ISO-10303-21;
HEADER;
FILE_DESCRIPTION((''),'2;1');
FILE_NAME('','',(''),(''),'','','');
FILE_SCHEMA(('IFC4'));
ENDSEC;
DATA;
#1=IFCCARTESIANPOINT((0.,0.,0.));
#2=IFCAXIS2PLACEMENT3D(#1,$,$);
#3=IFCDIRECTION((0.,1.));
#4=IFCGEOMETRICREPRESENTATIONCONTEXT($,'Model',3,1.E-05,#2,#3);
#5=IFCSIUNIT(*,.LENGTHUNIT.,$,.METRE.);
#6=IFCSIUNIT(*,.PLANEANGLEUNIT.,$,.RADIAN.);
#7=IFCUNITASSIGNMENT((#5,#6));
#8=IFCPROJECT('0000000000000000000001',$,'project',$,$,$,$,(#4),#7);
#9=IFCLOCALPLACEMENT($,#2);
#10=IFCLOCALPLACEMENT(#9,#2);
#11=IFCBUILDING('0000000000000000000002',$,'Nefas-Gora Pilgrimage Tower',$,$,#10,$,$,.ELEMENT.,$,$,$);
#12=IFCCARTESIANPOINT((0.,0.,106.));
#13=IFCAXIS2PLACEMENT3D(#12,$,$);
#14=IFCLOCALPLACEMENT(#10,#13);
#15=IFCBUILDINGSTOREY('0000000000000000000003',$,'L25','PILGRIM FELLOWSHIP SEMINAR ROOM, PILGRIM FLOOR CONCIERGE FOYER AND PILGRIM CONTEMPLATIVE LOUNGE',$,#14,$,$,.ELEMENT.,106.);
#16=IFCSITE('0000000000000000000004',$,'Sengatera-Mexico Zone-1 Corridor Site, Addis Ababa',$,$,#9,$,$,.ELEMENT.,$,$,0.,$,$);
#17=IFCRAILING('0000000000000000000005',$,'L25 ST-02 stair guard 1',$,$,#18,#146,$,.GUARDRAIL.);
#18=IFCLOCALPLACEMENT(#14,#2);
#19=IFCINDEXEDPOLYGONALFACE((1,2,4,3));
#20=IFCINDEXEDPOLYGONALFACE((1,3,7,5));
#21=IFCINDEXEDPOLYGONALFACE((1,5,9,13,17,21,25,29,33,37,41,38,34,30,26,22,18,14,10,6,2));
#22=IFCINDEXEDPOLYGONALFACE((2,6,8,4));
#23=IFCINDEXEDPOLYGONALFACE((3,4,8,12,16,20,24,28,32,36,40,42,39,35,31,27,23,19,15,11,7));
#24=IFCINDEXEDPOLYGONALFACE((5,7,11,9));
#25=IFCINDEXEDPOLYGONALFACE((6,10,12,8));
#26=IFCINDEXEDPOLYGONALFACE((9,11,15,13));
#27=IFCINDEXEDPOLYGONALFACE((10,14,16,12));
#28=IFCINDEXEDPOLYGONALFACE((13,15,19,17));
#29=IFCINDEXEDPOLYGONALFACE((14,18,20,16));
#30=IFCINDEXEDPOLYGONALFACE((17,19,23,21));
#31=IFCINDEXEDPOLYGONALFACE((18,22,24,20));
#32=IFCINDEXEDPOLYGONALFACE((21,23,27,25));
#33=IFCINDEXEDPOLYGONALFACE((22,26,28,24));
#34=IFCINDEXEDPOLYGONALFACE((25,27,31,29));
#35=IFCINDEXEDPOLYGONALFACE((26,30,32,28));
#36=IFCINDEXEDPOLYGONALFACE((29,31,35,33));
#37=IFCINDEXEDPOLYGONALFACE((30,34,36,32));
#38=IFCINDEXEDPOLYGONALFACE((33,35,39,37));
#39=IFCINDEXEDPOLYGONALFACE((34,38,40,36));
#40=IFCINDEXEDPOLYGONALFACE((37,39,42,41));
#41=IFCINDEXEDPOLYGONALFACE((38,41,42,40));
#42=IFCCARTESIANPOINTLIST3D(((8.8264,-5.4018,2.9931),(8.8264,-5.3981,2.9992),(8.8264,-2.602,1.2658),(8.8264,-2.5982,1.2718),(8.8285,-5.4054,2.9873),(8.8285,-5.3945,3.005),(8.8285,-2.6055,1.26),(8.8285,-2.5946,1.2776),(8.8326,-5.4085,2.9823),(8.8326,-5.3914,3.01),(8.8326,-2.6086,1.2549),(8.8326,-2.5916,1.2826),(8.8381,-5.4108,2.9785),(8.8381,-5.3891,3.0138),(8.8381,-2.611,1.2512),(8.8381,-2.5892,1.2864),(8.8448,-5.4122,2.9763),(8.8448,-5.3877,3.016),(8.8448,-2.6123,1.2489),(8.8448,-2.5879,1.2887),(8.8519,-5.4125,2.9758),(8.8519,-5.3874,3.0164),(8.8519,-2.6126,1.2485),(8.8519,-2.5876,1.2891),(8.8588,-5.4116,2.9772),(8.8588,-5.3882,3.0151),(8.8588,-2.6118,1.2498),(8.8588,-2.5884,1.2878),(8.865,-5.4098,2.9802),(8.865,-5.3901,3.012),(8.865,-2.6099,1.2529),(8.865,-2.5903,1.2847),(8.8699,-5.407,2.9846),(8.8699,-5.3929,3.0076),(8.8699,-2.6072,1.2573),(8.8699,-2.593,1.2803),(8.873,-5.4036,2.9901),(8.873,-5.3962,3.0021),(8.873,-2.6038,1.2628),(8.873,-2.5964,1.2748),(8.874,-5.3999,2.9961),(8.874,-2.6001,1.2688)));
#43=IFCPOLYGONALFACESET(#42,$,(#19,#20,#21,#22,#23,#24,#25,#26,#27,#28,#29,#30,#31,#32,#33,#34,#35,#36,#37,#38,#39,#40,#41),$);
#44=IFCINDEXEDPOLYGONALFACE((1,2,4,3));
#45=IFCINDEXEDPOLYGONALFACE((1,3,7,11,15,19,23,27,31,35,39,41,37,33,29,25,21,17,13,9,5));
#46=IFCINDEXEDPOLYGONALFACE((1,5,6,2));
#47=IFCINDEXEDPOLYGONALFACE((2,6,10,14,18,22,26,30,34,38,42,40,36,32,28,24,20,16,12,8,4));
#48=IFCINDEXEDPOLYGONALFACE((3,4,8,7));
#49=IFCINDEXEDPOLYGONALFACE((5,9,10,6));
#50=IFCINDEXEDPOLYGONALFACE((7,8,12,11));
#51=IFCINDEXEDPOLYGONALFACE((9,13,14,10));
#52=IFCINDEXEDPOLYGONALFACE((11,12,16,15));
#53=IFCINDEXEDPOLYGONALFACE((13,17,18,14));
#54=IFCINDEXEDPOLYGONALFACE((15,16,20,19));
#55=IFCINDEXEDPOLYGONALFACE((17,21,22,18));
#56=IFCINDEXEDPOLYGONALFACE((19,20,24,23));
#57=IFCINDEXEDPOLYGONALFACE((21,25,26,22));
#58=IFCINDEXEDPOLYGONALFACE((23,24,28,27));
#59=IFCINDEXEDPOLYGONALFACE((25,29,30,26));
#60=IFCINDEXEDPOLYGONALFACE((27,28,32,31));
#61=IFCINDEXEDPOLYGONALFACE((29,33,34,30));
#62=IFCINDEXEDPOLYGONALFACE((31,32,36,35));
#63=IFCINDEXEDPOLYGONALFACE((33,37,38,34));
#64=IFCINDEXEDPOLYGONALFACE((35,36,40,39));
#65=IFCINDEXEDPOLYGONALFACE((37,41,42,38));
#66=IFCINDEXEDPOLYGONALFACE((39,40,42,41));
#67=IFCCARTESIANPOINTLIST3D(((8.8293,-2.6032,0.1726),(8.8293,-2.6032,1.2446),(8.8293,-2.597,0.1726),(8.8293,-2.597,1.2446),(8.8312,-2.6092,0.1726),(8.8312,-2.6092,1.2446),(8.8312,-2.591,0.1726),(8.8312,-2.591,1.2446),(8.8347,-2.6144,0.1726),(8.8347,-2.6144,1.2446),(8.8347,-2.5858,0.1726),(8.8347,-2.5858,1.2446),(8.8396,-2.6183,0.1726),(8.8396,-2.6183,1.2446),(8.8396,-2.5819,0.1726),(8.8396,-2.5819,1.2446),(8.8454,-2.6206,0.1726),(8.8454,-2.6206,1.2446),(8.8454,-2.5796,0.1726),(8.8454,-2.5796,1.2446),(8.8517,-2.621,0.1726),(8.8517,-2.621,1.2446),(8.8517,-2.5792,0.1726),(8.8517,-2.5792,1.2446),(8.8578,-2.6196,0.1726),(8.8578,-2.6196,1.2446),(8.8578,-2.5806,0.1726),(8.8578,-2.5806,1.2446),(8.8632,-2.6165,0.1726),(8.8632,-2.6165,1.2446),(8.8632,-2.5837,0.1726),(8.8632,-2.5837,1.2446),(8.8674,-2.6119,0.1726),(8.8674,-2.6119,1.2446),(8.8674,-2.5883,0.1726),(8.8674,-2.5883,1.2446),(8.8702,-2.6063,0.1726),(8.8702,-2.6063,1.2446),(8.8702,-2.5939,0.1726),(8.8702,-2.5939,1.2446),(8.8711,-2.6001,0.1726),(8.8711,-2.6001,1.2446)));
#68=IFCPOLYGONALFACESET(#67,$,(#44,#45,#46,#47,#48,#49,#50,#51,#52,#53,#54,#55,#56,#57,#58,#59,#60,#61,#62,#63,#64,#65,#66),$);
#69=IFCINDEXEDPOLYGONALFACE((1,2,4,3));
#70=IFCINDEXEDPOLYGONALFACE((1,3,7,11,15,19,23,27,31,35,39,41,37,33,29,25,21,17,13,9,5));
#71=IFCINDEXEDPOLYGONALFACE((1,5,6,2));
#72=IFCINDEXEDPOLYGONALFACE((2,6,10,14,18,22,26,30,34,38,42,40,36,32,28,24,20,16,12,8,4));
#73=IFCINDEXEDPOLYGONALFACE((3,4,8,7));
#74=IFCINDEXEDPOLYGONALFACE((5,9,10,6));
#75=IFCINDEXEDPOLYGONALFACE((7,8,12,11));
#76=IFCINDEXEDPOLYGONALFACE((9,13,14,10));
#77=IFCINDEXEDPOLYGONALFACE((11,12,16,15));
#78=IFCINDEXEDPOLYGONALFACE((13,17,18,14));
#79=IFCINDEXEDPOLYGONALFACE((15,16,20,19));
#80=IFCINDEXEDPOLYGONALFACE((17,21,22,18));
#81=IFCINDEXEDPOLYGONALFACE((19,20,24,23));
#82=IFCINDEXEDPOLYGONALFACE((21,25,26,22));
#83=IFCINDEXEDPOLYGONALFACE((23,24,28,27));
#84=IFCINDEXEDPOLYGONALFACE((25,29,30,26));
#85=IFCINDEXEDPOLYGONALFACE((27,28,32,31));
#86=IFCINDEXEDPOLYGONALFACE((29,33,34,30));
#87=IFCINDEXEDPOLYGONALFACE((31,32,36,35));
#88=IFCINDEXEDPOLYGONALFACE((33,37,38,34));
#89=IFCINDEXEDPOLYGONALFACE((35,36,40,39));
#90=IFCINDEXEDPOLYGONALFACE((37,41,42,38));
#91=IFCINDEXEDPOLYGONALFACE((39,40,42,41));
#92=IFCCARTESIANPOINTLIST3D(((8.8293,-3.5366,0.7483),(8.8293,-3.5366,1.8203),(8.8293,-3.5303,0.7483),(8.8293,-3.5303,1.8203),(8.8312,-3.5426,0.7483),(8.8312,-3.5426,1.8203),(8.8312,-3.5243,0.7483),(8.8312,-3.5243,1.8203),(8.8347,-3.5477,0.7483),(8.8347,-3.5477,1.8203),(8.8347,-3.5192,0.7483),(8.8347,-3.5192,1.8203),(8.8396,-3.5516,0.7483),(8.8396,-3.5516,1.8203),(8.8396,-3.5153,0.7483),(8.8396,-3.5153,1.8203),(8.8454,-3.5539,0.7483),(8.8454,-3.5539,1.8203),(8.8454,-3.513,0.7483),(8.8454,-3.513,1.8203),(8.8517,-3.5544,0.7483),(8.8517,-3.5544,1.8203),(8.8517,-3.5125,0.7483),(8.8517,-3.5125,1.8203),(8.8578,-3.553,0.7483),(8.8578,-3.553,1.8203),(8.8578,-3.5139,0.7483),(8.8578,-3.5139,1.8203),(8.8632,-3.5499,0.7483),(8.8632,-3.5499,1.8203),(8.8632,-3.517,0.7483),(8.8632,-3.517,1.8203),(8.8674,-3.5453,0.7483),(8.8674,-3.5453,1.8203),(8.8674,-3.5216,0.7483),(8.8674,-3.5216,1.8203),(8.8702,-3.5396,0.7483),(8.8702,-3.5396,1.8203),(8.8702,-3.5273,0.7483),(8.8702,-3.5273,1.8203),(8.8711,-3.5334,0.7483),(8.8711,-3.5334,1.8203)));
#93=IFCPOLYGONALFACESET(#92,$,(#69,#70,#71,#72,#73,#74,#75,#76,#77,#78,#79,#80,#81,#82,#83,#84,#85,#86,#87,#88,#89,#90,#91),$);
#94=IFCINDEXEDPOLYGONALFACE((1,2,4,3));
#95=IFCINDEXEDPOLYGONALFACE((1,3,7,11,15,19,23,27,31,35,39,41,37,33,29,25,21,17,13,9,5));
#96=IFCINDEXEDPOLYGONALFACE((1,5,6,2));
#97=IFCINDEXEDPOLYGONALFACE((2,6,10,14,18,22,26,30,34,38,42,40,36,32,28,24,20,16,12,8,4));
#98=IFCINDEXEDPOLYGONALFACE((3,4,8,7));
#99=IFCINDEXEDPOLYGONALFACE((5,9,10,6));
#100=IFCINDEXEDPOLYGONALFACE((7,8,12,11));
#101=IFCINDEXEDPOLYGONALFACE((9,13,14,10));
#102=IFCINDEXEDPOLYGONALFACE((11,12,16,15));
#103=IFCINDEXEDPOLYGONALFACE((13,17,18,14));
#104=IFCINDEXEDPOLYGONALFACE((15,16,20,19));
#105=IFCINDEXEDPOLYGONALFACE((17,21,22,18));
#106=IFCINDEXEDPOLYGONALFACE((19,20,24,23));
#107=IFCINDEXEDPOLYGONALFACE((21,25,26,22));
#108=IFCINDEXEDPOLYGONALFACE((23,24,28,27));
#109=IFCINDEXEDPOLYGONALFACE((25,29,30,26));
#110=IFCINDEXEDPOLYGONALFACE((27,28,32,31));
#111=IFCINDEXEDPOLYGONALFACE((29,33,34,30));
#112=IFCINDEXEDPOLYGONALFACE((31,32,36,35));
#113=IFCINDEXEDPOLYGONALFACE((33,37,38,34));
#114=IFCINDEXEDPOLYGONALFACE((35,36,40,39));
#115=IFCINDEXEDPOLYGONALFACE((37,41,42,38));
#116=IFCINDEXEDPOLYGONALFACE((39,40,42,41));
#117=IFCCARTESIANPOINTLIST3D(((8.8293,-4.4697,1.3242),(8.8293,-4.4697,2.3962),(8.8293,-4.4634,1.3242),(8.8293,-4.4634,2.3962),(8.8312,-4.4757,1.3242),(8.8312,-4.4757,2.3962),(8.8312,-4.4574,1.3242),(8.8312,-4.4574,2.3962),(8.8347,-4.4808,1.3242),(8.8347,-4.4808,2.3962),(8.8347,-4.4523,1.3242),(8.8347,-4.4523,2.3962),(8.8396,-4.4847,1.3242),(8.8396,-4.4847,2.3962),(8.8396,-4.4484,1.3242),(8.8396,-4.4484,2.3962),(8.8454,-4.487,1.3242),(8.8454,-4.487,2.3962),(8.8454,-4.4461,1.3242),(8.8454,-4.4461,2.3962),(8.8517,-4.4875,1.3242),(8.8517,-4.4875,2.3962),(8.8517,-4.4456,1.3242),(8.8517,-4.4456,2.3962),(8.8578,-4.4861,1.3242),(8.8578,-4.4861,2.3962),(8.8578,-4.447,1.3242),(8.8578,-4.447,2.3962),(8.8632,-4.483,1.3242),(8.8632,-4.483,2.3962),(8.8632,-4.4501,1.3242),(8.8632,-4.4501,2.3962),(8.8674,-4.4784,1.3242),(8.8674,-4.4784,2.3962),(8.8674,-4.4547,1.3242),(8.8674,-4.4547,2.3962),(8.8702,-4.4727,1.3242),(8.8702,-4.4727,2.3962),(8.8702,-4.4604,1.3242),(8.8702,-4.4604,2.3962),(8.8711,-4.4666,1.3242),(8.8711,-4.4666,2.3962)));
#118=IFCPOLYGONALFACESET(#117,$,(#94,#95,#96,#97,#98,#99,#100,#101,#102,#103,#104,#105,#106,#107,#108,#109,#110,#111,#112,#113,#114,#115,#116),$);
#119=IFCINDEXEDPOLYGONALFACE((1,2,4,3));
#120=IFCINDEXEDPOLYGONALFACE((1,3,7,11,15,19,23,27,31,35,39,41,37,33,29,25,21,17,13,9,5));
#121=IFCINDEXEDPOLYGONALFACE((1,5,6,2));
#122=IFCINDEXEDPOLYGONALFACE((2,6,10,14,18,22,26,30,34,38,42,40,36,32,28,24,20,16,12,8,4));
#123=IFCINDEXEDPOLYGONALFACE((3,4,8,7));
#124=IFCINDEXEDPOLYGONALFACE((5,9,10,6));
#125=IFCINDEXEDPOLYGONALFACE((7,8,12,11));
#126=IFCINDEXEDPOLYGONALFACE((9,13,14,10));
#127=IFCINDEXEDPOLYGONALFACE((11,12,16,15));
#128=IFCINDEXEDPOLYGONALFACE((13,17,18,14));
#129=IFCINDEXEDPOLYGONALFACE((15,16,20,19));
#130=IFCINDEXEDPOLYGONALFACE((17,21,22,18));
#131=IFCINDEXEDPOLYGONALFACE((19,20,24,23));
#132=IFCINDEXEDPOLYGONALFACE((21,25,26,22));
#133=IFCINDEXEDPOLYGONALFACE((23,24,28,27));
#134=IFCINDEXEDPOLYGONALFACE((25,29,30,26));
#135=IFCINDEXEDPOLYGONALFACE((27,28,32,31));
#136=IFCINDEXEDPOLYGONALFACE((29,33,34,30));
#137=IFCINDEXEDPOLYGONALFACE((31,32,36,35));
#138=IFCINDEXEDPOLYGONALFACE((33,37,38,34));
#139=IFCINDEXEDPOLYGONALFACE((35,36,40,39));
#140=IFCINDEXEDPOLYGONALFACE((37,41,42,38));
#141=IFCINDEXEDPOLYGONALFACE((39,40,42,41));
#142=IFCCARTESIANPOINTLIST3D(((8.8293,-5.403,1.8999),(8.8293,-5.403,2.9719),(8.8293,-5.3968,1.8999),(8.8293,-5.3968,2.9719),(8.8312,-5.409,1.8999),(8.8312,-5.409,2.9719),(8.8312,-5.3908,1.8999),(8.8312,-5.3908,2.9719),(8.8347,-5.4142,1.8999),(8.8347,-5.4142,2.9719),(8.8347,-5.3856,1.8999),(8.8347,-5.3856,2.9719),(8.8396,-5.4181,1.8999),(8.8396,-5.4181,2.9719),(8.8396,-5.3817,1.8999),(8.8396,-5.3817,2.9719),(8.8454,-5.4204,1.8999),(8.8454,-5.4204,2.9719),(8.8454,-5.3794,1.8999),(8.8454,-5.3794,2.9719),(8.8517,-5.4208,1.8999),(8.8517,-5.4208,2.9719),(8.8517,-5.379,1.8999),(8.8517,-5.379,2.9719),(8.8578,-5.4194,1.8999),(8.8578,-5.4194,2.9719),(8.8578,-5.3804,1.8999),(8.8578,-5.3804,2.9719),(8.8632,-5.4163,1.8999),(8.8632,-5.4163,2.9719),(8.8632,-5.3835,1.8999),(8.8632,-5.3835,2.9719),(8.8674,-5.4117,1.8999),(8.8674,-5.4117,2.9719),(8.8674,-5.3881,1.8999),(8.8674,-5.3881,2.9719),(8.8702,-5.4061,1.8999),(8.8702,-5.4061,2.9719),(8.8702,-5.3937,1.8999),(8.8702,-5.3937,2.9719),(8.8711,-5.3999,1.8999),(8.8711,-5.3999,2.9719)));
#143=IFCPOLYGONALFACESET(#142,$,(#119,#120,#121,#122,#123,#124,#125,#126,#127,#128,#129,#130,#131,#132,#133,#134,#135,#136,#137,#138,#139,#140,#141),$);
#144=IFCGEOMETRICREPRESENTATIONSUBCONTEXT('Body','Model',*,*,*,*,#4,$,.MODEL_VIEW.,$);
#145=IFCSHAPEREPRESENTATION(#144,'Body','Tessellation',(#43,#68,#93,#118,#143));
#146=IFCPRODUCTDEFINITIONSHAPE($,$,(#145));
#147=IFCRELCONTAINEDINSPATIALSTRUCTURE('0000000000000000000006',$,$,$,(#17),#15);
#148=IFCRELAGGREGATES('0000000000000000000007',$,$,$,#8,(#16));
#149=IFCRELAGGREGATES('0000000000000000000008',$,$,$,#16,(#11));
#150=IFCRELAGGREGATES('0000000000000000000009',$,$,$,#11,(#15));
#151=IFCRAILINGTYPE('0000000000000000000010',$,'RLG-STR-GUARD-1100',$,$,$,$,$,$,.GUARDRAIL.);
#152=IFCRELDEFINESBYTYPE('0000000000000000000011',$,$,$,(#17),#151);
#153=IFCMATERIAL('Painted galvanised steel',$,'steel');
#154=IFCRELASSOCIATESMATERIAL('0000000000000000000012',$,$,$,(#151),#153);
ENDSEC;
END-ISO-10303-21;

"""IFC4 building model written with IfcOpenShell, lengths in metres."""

from ifc_helpers import new_model, si_unit, direction, frame, origin, origin_2d, place, context, subcontext, project, spatial, circle, extrude, material, type_object, element, save


model = new_model("IFC4")

# Units and contexts
model_context = context("Model", 3, precision=1e-05, world=origin(), true_north=direction((0.0, 1.0)))
body_context = subcontext(model_context, "Body", "Model", "MODEL_VIEW")
ifc_project = project(units=[si_unit("LENGTHUNIT", "METRE"), si_unit("PLANEANGLEUNIT", "RADIAN")], contexts=[model_context])

# Site, building, storey
site_placement = place(None, origin())
site = spatial("IfcSite", under=ifc_project, at=site_placement, Name="Sengatera-Mexico Zone-1 Corridor Site, Addis Ababa", CompositionType="ELEMENT", RefElevation=0.0)
building_placement = place(site_placement, origin())
building = spatial("IfcBuilding", under=site, at=building_placement, Name="Nefas-Gora Pilgrimage Tower", CompositionType="ELEMENT")
storey_placement = place(building_placement, frame((0.0, 0.0, 106.0)))
storey = spatial("IfcBuildingStorey", under=building, at=storey_placement, Name="L25", Description="PILGRIM FELLOWSHIP SEMINAR ROOM, PILGRIM FLOOR CONCIERGE FOYER AND PILGRIM CONTEMPLATIVE LOUNGE", CompositionType="ELEMENT", Elevation=106.0)

# Railing
ifc_material_1 = material(Name="Painted galvanised steel", Category="steel")
railing_type_1 = type_object("IfcRailingType", Name="RLG-STR-GUARD-1100", PredefinedType="GUARDRAIL", material=ifc_material_1)
railing_1_placement = place(storey_placement, frame((8.8501, -2.6001, 0.1726)))
element("IfcRailing", 1, at=railing_1_placement, inside=storey, type_object=railing_type_1, Name="L25 ST-02 stair guard 1", PredefinedType="GUARDRAIL", context=body_context, shape_type="SweptSolid", body=[
    extrude(circle(Radius=0.0239, at=origin_2d()), frame((0.0, 0.0, 1.0962), z_axis=(0.0, -0.851069, 0.525054), x_axis=(1.0, 0.0, 0.0)), (0.0, 0.0, 1.0), 3.2898),
    extrude(circle(Radius=0.021, at=origin_2d()), origin(), (0.0, 0.0, 1.0), 1.072),
    extrude(circle(Radius=0.021, at=origin_2d()), frame((0.0, -0.9333, 0.5757)), (0.0, 0.0, 1.0), 1.072),
    extrude(circle(Radius=0.021, at=origin_2d()), frame((0.0, -1.8665, 1.1516)), (0.0, 0.0, 1.0), 1.072),
    extrude(circle(Radius=0.021, at=origin_2d()), frame((0.0, -2.7998, 1.7273)), (0.0, 0.0, 1.0), 1.072),
])

save(model, "model.ifc")
